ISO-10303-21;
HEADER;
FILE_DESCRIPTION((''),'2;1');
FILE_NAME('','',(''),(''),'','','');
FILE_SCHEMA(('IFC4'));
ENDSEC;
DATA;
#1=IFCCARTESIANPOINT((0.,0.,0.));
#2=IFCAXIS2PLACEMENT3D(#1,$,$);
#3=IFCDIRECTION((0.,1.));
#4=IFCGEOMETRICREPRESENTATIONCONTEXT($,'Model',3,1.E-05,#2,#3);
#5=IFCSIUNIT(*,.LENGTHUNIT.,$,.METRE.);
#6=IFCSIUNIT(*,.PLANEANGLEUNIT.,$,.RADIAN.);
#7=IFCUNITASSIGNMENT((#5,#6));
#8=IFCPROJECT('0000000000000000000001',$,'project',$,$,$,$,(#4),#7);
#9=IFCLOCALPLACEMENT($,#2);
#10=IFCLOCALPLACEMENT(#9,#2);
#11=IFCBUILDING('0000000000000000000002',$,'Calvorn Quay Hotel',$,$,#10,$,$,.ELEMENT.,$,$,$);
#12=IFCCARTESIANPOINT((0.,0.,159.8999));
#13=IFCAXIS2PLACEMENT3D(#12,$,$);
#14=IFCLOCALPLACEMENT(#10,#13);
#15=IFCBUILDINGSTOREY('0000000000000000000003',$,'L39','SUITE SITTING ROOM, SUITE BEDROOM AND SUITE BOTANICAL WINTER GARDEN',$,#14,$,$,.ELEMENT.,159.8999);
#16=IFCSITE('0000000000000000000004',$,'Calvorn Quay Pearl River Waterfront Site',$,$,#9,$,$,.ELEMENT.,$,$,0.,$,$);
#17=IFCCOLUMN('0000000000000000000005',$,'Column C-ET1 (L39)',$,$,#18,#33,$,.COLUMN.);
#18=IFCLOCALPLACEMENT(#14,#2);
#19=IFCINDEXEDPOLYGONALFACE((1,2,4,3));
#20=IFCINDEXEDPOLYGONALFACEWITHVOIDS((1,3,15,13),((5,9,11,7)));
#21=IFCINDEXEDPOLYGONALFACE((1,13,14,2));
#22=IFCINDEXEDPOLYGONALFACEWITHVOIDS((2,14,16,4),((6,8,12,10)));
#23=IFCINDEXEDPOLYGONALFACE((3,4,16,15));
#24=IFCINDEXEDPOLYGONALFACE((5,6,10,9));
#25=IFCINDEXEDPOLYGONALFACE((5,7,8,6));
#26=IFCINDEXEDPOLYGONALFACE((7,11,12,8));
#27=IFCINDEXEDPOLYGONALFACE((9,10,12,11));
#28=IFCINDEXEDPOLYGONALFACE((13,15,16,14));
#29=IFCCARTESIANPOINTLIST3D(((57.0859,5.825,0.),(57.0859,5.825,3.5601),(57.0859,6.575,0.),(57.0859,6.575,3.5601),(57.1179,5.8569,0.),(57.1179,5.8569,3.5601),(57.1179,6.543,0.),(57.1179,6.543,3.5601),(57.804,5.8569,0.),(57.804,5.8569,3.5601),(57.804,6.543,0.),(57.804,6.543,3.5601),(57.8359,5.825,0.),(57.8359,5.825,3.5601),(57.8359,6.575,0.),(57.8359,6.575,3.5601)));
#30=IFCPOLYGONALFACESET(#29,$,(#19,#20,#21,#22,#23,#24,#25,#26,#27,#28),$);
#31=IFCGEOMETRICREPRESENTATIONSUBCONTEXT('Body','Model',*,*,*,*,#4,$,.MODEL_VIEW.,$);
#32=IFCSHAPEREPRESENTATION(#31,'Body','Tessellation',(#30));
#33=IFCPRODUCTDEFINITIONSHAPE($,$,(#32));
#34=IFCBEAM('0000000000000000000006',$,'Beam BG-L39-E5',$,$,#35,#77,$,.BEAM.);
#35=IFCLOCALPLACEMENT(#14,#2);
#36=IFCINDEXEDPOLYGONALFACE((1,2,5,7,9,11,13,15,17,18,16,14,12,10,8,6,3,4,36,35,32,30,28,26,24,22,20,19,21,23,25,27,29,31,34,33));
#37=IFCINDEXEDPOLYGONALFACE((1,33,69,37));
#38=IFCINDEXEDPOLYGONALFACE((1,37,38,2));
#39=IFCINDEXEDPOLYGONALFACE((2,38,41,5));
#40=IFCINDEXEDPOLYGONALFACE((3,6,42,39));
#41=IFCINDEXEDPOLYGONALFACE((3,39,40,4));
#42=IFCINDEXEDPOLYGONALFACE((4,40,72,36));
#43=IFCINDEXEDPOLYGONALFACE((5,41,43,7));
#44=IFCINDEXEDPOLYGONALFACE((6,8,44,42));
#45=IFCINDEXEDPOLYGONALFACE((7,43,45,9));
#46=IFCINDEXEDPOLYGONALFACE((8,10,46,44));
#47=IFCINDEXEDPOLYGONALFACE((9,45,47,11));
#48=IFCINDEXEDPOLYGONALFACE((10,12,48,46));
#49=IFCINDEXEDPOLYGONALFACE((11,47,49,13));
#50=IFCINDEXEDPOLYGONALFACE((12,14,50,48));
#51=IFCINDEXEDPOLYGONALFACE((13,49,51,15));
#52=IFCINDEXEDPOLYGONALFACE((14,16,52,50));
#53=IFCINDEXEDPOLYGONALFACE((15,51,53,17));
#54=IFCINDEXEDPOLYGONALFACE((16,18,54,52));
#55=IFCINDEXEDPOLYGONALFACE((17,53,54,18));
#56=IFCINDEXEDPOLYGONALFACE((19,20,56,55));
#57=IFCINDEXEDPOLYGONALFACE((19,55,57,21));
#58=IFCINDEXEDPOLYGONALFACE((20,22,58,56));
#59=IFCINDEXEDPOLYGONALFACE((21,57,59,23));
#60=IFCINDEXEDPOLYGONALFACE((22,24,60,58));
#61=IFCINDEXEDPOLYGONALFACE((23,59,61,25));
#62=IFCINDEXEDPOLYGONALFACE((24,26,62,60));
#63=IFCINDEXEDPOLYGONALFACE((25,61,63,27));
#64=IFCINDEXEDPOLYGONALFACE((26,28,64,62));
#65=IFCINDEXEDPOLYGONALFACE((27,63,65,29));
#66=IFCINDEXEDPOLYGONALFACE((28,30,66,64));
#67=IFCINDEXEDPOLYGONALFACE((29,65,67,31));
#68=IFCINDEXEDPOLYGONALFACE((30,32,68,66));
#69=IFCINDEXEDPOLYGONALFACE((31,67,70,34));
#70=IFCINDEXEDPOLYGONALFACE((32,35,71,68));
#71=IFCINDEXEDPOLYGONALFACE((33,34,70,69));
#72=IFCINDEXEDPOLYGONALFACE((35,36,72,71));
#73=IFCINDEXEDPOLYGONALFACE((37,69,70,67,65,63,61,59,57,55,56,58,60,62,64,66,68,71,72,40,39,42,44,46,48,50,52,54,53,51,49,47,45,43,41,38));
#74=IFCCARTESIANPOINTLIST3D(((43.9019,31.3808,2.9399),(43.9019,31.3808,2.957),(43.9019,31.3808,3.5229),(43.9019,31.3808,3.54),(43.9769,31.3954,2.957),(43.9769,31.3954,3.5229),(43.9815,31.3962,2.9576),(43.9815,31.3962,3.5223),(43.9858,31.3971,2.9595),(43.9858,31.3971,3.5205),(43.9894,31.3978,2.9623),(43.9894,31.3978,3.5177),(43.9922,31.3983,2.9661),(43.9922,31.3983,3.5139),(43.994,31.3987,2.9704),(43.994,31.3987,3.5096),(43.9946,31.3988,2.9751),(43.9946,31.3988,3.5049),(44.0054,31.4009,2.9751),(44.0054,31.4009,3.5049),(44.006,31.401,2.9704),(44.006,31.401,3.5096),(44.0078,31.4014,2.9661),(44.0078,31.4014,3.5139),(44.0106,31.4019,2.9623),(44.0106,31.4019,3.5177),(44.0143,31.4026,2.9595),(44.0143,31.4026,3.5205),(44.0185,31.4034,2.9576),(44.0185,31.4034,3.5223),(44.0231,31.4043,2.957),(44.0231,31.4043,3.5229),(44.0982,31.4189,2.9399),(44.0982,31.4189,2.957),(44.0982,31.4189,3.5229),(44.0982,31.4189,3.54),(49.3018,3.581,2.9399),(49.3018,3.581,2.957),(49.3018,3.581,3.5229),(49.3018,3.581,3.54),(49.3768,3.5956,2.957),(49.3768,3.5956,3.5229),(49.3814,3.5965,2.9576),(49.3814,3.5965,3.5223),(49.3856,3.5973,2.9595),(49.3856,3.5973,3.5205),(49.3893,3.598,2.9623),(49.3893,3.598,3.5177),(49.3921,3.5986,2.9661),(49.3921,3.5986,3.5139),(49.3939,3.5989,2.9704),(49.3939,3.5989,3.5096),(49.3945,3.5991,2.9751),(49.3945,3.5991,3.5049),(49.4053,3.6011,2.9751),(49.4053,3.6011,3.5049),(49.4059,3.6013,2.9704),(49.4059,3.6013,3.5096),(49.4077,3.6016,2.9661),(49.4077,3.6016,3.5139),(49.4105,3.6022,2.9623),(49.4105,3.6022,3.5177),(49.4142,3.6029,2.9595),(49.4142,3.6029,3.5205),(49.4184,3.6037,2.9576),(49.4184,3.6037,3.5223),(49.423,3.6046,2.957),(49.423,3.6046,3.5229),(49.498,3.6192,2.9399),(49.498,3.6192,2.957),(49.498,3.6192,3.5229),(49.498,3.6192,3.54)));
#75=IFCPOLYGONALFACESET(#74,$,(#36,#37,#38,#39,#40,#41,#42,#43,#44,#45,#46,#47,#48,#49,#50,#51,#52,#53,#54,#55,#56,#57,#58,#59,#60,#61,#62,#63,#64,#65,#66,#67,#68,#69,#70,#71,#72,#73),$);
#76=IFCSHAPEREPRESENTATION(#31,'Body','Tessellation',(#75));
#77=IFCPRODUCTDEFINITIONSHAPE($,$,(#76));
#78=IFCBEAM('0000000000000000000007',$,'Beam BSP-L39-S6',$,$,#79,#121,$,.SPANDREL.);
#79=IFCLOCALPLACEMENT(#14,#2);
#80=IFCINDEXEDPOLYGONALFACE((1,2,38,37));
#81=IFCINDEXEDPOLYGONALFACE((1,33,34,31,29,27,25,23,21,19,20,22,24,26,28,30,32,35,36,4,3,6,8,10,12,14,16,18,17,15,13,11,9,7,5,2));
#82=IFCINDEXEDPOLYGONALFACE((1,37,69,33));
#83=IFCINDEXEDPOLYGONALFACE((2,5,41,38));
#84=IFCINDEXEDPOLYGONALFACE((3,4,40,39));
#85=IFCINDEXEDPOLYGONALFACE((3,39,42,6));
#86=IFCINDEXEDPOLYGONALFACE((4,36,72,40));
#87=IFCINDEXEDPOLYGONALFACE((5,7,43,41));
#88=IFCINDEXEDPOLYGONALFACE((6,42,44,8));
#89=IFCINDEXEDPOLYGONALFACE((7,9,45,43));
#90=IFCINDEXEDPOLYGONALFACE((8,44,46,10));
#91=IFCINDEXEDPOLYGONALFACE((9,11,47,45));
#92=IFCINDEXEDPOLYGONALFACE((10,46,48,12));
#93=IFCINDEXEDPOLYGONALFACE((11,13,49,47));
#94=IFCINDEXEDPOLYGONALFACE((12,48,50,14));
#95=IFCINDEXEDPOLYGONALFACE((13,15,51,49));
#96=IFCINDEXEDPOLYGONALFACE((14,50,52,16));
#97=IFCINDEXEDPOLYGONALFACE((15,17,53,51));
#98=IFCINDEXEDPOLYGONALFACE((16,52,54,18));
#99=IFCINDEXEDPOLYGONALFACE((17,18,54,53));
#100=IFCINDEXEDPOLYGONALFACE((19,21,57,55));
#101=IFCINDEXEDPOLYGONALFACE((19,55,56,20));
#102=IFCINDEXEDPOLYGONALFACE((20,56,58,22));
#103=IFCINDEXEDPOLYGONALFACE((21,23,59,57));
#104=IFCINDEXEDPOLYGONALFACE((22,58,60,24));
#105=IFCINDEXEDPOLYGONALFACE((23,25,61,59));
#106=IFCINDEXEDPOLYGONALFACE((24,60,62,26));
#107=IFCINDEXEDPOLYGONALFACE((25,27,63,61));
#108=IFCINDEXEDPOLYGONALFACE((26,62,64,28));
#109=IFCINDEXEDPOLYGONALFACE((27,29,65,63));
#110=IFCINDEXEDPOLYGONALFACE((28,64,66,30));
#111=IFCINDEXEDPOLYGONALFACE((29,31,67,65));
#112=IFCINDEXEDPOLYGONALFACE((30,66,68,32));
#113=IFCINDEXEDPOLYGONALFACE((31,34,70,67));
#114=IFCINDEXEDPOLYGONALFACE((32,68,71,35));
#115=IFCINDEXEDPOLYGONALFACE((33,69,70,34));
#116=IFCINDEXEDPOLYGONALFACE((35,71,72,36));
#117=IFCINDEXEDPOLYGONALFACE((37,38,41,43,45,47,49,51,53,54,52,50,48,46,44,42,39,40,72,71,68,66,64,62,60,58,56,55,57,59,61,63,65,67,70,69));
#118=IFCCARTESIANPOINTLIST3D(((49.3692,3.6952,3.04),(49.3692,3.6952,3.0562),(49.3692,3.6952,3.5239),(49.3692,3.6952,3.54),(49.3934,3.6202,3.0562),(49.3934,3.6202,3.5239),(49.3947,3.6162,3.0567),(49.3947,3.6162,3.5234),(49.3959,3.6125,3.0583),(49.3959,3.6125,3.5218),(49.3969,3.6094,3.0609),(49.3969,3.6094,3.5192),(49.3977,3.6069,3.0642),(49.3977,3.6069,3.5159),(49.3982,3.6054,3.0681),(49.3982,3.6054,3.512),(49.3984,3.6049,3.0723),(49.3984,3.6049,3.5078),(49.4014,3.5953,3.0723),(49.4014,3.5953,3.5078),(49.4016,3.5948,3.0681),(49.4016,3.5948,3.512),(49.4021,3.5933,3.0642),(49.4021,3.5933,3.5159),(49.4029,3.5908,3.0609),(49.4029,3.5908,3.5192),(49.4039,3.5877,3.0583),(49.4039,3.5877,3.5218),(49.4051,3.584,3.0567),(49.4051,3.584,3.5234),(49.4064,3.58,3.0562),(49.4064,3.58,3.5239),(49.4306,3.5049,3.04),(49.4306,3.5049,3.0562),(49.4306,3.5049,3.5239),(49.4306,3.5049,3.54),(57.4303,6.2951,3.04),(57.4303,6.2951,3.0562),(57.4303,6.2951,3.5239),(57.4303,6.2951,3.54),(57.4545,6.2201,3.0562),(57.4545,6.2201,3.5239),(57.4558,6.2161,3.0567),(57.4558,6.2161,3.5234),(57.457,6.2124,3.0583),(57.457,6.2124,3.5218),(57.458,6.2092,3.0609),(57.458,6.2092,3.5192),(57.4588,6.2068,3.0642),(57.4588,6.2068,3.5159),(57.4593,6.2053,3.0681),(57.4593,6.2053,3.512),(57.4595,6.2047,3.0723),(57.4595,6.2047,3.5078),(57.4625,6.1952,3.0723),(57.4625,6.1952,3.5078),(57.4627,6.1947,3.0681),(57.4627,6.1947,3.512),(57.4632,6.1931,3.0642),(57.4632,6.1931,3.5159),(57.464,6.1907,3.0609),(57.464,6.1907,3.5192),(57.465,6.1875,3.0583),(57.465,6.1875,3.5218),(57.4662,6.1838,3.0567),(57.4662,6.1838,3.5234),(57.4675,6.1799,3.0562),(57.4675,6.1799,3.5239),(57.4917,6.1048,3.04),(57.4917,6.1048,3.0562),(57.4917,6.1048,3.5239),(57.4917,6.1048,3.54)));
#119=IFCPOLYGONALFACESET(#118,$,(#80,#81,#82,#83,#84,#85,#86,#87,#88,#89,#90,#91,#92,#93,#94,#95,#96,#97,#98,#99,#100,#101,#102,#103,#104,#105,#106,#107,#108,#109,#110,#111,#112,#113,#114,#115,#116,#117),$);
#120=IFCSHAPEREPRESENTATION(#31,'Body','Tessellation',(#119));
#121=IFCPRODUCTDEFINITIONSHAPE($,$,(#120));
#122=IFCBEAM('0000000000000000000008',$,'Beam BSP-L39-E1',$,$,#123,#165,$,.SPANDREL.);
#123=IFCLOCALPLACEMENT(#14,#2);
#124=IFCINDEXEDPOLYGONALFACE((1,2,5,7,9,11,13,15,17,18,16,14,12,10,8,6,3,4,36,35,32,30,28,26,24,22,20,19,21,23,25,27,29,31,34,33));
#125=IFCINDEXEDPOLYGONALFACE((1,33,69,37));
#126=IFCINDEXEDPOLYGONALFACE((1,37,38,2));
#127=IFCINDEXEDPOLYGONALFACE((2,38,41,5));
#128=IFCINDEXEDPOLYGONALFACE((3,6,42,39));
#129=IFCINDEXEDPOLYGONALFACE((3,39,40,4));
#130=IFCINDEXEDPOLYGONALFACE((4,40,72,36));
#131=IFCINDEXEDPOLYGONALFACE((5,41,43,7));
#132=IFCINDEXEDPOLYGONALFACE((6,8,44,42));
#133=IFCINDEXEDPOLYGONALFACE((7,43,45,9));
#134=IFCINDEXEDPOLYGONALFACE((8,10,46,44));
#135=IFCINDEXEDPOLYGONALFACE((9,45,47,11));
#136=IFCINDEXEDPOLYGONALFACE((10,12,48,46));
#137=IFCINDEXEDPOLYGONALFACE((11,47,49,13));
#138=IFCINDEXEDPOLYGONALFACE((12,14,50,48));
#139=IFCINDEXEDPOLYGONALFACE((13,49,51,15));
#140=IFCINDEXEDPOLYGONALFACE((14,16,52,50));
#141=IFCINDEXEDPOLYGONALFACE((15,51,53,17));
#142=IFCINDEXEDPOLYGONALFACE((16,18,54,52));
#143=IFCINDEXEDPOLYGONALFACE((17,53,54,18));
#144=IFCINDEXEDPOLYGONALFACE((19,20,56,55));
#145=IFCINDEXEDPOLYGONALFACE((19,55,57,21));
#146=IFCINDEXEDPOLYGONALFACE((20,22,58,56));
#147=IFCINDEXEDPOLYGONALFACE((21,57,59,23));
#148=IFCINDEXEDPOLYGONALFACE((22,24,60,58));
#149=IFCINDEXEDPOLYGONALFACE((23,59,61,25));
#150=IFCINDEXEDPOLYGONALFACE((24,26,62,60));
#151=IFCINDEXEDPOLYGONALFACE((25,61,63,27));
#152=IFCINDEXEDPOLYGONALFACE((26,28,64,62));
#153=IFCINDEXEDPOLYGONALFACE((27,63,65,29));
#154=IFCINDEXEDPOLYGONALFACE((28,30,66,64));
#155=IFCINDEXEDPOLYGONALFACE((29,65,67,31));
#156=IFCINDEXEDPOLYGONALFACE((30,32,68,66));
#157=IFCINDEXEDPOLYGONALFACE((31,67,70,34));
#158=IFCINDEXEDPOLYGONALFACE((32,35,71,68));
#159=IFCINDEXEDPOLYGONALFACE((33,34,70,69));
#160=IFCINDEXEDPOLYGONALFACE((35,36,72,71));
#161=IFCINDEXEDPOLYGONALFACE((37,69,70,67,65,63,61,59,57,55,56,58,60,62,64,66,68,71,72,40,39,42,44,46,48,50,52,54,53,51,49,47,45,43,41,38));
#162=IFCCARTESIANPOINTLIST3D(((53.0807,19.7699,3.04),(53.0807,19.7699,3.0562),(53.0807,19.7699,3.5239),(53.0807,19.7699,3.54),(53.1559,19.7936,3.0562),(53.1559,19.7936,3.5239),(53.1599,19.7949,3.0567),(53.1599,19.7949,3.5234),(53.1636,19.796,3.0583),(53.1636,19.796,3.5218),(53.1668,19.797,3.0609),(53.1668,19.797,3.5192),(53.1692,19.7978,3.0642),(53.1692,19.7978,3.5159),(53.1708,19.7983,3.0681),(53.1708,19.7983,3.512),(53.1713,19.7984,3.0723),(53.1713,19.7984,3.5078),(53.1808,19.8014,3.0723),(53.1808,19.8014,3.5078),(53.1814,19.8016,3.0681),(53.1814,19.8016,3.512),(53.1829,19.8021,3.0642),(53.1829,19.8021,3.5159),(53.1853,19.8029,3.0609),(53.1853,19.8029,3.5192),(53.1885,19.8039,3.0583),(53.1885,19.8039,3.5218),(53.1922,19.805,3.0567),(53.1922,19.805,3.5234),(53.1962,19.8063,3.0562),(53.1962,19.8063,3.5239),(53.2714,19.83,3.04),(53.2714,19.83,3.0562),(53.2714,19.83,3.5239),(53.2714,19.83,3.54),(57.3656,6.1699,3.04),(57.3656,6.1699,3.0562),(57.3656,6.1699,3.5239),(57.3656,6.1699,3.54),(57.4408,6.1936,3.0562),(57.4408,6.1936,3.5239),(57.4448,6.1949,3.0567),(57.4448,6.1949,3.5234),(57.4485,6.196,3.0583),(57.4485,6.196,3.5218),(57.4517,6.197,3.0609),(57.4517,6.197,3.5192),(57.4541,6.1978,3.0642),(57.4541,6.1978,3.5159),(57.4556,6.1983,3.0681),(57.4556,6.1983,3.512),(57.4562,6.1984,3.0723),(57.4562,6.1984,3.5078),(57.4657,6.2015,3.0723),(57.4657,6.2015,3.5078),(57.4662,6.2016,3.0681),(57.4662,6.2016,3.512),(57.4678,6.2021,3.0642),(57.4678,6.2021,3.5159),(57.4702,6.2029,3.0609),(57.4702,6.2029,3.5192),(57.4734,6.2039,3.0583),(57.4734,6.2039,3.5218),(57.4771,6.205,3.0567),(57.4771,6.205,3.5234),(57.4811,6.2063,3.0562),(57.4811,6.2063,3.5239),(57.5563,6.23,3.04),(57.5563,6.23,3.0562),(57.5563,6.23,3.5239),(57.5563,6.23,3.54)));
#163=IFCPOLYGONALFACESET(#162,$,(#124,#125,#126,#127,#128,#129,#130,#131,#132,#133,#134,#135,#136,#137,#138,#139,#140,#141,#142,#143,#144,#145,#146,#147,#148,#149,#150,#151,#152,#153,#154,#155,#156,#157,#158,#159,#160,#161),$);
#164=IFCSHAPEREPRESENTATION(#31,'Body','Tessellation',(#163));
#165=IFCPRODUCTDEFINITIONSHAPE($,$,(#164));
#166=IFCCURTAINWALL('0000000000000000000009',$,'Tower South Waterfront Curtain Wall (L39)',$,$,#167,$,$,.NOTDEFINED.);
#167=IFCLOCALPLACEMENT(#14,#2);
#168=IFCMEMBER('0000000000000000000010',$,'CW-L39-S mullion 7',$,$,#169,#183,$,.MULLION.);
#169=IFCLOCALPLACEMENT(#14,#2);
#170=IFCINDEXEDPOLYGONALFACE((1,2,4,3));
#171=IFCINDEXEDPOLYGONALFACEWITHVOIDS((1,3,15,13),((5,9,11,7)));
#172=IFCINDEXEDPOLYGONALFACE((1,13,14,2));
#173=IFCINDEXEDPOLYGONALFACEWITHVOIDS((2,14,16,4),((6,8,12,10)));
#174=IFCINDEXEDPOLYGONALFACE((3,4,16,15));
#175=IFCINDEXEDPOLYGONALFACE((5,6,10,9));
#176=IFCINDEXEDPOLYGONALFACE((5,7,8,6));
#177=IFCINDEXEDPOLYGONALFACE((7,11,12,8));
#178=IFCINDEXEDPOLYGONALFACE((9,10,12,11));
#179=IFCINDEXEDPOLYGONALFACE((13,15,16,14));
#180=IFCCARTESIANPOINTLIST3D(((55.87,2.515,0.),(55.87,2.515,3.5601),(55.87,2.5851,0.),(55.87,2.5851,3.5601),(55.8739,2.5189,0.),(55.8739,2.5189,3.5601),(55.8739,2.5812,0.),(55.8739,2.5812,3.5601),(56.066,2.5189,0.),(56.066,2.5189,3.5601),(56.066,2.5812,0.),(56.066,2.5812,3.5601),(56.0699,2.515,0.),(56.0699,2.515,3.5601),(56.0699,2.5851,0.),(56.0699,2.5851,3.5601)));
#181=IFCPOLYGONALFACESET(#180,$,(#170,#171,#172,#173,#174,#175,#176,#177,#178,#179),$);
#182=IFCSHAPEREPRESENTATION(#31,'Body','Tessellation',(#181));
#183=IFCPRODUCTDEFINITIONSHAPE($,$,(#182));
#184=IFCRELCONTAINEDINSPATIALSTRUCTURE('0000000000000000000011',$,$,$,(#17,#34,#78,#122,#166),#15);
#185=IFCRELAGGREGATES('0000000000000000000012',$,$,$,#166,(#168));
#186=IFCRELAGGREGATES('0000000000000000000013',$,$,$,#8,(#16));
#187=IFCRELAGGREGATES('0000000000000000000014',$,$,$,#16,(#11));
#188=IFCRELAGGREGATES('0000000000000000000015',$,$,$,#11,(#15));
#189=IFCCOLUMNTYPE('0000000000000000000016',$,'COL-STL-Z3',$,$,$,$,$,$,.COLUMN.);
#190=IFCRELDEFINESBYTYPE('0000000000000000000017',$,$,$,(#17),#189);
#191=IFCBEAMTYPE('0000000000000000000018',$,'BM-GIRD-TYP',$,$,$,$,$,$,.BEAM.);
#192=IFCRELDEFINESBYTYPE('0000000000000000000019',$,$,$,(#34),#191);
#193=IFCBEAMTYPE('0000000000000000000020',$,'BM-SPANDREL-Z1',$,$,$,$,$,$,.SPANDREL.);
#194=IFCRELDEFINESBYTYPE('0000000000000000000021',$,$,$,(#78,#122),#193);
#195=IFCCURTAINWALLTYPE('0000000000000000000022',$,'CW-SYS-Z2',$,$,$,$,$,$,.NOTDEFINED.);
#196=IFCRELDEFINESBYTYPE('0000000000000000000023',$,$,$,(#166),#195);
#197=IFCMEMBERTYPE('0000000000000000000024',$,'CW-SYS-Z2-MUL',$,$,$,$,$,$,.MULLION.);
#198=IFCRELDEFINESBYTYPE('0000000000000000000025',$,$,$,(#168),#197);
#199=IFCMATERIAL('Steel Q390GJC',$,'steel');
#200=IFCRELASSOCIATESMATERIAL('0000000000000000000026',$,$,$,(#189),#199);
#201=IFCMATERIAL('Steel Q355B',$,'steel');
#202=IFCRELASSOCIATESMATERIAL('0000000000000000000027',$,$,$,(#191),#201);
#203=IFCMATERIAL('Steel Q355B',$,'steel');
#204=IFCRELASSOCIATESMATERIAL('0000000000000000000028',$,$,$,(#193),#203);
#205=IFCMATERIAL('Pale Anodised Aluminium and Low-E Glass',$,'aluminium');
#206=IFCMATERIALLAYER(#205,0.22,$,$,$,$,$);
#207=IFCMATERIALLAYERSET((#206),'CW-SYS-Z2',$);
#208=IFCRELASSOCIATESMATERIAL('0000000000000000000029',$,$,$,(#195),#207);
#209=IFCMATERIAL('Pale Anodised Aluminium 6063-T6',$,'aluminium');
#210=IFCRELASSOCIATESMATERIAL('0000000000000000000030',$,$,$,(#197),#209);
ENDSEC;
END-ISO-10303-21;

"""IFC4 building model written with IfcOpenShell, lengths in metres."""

from ifc_helpers import new_model, si_unit, direction, frame, origin, origin_2d, place, context, subcontext, project, spatial, hollow_rectangle, i_section, extrude, material, layer, layer_set, material_profile, profile_set, type_object, element, aggregate, save


model = new_model("IFC4")

# Units and contexts
model_context = context("Model", 3, precision=1e-05, world=origin(), true_north=direction((0.0, 1.0)))
body_context = subcontext(model_context, "Body", "Model", "MODEL_VIEW")
ifc_project = project(units=[si_unit("LENGTHUNIT", "METRE"), si_unit("PLANEANGLEUNIT", "RADIAN")], contexts=[model_context])

# Site, building, storey
site_placement = place(None, origin())
site = spatial("IfcSite", under=ifc_project, at=site_placement, Name="Calvorn Quay Pearl River Waterfront Site", CompositionType="ELEMENT", RefElevation=0.0)
building_placement = place(site_placement, origin())
building = spatial("IfcBuilding", under=site, at=building_placement, Name="Calvorn Quay Hotel", CompositionType="ELEMENT")
storey_placement = place(building_placement, frame((0.0, 0.0, 159.8999)))
storey = spatial("IfcBuildingStorey", under=building, at=storey_placement, Name="L39", Description="SUITE SITTING ROOM, SUITE BEDROOM AND SUITE BOTANICAL WINTER GARDEN", CompositionType="ELEMENT", Elevation=159.8999)

# Column
ifc_material_1 = material(Name="Steel Q390GJC", Category="steel")
ifc_material_profile_1 = material_profile(ifc_material_1, hollow_rectangle(XDim=0.75, YDim=0.75, WallThickness=0.032, at=origin_2d()), Name="BOX750x750x32")
ifc_profile_set_1 = profile_set([ifc_material_profile_1], Name="Steel Q390GJC")
column_type = type_object("IfcColumnType", Name="COL-STL-Z3", PredefinedType="COLUMN", material=ifc_profile_set_1)
column_placement = place(storey_placement, frame((57.4609, 6.2, 0.0), z_axis=(0.0, 0.0, 1.0), x_axis=(1.0, 0.0, 0.0)))
element("IfcColumn", 1, at=column_placement, inside=storey, type_object=column_type, Name="Column C-ET1 (L39)", PredefinedType="COLUMN", context=body_context, shape_type="SweptSolid", body=[
    extrude(hollow_rectangle(XDim=0.75, YDim=0.75, WallThickness=0.032, at=origin_2d()), origin(), (0.0, 0.0, 1.0), 3.5601),
])

# Beams
ifc_material_2 = material(Name="Steel Q355B", Category="steel")
ifc_material_profile_2 = material_profile(ifc_material_2, i_section(OverallWidth=0.2, OverallDepth=0.6001, WebThickness=0.011, FlangeThickness=0.0171, FilletRadius=0.0181, at=origin_2d()), Name="HN600x200x11x17")
ifc_profile_set_2 = profile_set([ifc_material_profile_2], Name="Steel Q355B")
beam_type_1 = type_object("IfcBeamType", Name="BM-GIRD-TYP", PredefinedType="BEAM", material=ifc_profile_set_2)
beam_1_placement = place(storey_placement, frame((49.3999, 3.6001, 3.24), z_axis=(-0.190679, 0.981653, 0.0), x_axis=(-0.981653, -0.190679, 0.0)))
element("IfcBeam", 2, at=beam_1_placement, inside=storey, type_object=beam_type_1, Name="Beam BG-L39-E5", PredefinedType="BEAM", context=body_context, shape_type="SweptSolid", body=[
    extrude(i_section(OverallWidth=0.2, OverallDepth=0.6001, WebThickness=0.011, FlangeThickness=0.0171, FilletRadius=0.0181, at=origin_2d()), origin(), (0.0, 0.0, 1.0), 28.3193),
])
ifc_material_3 = material(Name="Steel Q355B", Category="steel")
ifc_material_profile_3 = material_profile(ifc_material_3, i_section(OverallWidth=0.2, OverallDepth=0.5, WebThickness=0.01, FlangeThickness=0.0161, FilletRadius=0.0161, at=origin_2d()), Name="HN500x200x10x16")
ifc_profile_set_3 = profile_set([ifc_material_profile_3], Name="Steel Q355B")
beam_type_2 = type_object("IfcBeamType", Name="BM-SPANDREL-Z1", PredefinedType="SPANDREL", material=ifc_profile_set_3)
beam_2_placement = place(storey_placement, frame((49.3999, 3.6001, 3.29), z_axis=(0.951725, 0.306951, 0.0), x_axis=(-0.306951, 0.951725, 0.0)))
element("IfcBeam", 3, at=beam_2_placement, inside=storey, type_object=beam_type_2, Name="Beam BSP-L39-S6", PredefinedType="SPANDREL", context=body_context, shape_type="SweptSolid", body=[
    extrude(i_section(OverallWidth=0.2, OverallDepth=0.5, WebThickness=0.01, FlangeThickness=0.0161, FilletRadius=0.0161, at=origin_2d()), origin(), (0.0, 0.0, 1.0), 8.47),
])
beam_3_placement = place(storey_placement, frame((57.4609, 6.2, 3.29), z_axis=(-0.300503, 0.953781, 0.0), x_axis=(-0.953781, -0.300503, 0.0)))
element("IfcBeam", 4, at=beam_3_placement, inside=storey, type_object=beam_type_2, Name="Beam BSP-L39-E1", PredefinedType="SPANDREL", context=body_context, shape_type="SweptSolid", body=[
    extrude(i_section(OverallWidth=0.2, OverallDepth=0.5, WebThickness=0.01, FlangeThickness=0.0161, FilletRadius=0.0161, at=origin_2d()), origin(), (0.0, 0.0, 1.0), 14.259),
])

# Curtain wall, member
ifc_material_4 = material(Name="Pale Anodised Aluminium and Low-E Glass", Category="aluminium")
ifc_layer_1 = layer(ifc_material_4, 0.22)
ifc_layer_set_1 = layer_set([ifc_layer_1], Name="CW-SYS-Z2")
curtain_wall_type = type_object("IfcCurtainWallType", Name="CW-SYS-Z2", PredefinedType="NOTDEFINED", material=ifc_layer_set_1)
curtain_wall_placement = place(storey_placement, origin())
curtain_wall = element("IfcCurtainWall", 5, at=curtain_wall_placement, inside=storey, type_object=curtain_wall_type, Name="Tower South Waterfront Curtain Wall (L39)", PredefinedType="NOTDEFINED")
ifc_material_5 = material(Name="Pale Anodised Aluminium 6063-T6", Category="aluminium")
ifc_material_profile_4 = material_profile(ifc_material_5, hollow_rectangle(XDim=0.0701, YDim=0.2, WallThickness=0.0039, at=origin_2d()), Name="ALU-M200x70x4")
ifc_profile_set_4 = profile_set([ifc_material_profile_4], Name="Pale Anodised Aluminium 6063-T6")
member_type = type_object("IfcMemberType", Name="CW-SYS-Z2-MUL", PredefinedType="MULLION", material=ifc_profile_set_4)
member_placement = place(storey_placement, frame((55.97, 2.55, 0.0), z_axis=(0.0, 0.0, 1.0), x_axis=(0.0, 1.0, 0.0)))
member = element("IfcMember", 6, at=member_placement, type_object=member_type, Name="CW-L39-S mullion 7", PredefinedType="MULLION", context=body_context, shape_type="SweptSolid", body=[
    extrude(hollow_rectangle(XDim=0.0701, YDim=0.2, WallThickness=0.0039, at=origin_2d()), origin(), (0.0, 0.0, 1.0), 3.5601),
])
aggregate(curtain_wall, [member])

save(model, "model.ifc")
